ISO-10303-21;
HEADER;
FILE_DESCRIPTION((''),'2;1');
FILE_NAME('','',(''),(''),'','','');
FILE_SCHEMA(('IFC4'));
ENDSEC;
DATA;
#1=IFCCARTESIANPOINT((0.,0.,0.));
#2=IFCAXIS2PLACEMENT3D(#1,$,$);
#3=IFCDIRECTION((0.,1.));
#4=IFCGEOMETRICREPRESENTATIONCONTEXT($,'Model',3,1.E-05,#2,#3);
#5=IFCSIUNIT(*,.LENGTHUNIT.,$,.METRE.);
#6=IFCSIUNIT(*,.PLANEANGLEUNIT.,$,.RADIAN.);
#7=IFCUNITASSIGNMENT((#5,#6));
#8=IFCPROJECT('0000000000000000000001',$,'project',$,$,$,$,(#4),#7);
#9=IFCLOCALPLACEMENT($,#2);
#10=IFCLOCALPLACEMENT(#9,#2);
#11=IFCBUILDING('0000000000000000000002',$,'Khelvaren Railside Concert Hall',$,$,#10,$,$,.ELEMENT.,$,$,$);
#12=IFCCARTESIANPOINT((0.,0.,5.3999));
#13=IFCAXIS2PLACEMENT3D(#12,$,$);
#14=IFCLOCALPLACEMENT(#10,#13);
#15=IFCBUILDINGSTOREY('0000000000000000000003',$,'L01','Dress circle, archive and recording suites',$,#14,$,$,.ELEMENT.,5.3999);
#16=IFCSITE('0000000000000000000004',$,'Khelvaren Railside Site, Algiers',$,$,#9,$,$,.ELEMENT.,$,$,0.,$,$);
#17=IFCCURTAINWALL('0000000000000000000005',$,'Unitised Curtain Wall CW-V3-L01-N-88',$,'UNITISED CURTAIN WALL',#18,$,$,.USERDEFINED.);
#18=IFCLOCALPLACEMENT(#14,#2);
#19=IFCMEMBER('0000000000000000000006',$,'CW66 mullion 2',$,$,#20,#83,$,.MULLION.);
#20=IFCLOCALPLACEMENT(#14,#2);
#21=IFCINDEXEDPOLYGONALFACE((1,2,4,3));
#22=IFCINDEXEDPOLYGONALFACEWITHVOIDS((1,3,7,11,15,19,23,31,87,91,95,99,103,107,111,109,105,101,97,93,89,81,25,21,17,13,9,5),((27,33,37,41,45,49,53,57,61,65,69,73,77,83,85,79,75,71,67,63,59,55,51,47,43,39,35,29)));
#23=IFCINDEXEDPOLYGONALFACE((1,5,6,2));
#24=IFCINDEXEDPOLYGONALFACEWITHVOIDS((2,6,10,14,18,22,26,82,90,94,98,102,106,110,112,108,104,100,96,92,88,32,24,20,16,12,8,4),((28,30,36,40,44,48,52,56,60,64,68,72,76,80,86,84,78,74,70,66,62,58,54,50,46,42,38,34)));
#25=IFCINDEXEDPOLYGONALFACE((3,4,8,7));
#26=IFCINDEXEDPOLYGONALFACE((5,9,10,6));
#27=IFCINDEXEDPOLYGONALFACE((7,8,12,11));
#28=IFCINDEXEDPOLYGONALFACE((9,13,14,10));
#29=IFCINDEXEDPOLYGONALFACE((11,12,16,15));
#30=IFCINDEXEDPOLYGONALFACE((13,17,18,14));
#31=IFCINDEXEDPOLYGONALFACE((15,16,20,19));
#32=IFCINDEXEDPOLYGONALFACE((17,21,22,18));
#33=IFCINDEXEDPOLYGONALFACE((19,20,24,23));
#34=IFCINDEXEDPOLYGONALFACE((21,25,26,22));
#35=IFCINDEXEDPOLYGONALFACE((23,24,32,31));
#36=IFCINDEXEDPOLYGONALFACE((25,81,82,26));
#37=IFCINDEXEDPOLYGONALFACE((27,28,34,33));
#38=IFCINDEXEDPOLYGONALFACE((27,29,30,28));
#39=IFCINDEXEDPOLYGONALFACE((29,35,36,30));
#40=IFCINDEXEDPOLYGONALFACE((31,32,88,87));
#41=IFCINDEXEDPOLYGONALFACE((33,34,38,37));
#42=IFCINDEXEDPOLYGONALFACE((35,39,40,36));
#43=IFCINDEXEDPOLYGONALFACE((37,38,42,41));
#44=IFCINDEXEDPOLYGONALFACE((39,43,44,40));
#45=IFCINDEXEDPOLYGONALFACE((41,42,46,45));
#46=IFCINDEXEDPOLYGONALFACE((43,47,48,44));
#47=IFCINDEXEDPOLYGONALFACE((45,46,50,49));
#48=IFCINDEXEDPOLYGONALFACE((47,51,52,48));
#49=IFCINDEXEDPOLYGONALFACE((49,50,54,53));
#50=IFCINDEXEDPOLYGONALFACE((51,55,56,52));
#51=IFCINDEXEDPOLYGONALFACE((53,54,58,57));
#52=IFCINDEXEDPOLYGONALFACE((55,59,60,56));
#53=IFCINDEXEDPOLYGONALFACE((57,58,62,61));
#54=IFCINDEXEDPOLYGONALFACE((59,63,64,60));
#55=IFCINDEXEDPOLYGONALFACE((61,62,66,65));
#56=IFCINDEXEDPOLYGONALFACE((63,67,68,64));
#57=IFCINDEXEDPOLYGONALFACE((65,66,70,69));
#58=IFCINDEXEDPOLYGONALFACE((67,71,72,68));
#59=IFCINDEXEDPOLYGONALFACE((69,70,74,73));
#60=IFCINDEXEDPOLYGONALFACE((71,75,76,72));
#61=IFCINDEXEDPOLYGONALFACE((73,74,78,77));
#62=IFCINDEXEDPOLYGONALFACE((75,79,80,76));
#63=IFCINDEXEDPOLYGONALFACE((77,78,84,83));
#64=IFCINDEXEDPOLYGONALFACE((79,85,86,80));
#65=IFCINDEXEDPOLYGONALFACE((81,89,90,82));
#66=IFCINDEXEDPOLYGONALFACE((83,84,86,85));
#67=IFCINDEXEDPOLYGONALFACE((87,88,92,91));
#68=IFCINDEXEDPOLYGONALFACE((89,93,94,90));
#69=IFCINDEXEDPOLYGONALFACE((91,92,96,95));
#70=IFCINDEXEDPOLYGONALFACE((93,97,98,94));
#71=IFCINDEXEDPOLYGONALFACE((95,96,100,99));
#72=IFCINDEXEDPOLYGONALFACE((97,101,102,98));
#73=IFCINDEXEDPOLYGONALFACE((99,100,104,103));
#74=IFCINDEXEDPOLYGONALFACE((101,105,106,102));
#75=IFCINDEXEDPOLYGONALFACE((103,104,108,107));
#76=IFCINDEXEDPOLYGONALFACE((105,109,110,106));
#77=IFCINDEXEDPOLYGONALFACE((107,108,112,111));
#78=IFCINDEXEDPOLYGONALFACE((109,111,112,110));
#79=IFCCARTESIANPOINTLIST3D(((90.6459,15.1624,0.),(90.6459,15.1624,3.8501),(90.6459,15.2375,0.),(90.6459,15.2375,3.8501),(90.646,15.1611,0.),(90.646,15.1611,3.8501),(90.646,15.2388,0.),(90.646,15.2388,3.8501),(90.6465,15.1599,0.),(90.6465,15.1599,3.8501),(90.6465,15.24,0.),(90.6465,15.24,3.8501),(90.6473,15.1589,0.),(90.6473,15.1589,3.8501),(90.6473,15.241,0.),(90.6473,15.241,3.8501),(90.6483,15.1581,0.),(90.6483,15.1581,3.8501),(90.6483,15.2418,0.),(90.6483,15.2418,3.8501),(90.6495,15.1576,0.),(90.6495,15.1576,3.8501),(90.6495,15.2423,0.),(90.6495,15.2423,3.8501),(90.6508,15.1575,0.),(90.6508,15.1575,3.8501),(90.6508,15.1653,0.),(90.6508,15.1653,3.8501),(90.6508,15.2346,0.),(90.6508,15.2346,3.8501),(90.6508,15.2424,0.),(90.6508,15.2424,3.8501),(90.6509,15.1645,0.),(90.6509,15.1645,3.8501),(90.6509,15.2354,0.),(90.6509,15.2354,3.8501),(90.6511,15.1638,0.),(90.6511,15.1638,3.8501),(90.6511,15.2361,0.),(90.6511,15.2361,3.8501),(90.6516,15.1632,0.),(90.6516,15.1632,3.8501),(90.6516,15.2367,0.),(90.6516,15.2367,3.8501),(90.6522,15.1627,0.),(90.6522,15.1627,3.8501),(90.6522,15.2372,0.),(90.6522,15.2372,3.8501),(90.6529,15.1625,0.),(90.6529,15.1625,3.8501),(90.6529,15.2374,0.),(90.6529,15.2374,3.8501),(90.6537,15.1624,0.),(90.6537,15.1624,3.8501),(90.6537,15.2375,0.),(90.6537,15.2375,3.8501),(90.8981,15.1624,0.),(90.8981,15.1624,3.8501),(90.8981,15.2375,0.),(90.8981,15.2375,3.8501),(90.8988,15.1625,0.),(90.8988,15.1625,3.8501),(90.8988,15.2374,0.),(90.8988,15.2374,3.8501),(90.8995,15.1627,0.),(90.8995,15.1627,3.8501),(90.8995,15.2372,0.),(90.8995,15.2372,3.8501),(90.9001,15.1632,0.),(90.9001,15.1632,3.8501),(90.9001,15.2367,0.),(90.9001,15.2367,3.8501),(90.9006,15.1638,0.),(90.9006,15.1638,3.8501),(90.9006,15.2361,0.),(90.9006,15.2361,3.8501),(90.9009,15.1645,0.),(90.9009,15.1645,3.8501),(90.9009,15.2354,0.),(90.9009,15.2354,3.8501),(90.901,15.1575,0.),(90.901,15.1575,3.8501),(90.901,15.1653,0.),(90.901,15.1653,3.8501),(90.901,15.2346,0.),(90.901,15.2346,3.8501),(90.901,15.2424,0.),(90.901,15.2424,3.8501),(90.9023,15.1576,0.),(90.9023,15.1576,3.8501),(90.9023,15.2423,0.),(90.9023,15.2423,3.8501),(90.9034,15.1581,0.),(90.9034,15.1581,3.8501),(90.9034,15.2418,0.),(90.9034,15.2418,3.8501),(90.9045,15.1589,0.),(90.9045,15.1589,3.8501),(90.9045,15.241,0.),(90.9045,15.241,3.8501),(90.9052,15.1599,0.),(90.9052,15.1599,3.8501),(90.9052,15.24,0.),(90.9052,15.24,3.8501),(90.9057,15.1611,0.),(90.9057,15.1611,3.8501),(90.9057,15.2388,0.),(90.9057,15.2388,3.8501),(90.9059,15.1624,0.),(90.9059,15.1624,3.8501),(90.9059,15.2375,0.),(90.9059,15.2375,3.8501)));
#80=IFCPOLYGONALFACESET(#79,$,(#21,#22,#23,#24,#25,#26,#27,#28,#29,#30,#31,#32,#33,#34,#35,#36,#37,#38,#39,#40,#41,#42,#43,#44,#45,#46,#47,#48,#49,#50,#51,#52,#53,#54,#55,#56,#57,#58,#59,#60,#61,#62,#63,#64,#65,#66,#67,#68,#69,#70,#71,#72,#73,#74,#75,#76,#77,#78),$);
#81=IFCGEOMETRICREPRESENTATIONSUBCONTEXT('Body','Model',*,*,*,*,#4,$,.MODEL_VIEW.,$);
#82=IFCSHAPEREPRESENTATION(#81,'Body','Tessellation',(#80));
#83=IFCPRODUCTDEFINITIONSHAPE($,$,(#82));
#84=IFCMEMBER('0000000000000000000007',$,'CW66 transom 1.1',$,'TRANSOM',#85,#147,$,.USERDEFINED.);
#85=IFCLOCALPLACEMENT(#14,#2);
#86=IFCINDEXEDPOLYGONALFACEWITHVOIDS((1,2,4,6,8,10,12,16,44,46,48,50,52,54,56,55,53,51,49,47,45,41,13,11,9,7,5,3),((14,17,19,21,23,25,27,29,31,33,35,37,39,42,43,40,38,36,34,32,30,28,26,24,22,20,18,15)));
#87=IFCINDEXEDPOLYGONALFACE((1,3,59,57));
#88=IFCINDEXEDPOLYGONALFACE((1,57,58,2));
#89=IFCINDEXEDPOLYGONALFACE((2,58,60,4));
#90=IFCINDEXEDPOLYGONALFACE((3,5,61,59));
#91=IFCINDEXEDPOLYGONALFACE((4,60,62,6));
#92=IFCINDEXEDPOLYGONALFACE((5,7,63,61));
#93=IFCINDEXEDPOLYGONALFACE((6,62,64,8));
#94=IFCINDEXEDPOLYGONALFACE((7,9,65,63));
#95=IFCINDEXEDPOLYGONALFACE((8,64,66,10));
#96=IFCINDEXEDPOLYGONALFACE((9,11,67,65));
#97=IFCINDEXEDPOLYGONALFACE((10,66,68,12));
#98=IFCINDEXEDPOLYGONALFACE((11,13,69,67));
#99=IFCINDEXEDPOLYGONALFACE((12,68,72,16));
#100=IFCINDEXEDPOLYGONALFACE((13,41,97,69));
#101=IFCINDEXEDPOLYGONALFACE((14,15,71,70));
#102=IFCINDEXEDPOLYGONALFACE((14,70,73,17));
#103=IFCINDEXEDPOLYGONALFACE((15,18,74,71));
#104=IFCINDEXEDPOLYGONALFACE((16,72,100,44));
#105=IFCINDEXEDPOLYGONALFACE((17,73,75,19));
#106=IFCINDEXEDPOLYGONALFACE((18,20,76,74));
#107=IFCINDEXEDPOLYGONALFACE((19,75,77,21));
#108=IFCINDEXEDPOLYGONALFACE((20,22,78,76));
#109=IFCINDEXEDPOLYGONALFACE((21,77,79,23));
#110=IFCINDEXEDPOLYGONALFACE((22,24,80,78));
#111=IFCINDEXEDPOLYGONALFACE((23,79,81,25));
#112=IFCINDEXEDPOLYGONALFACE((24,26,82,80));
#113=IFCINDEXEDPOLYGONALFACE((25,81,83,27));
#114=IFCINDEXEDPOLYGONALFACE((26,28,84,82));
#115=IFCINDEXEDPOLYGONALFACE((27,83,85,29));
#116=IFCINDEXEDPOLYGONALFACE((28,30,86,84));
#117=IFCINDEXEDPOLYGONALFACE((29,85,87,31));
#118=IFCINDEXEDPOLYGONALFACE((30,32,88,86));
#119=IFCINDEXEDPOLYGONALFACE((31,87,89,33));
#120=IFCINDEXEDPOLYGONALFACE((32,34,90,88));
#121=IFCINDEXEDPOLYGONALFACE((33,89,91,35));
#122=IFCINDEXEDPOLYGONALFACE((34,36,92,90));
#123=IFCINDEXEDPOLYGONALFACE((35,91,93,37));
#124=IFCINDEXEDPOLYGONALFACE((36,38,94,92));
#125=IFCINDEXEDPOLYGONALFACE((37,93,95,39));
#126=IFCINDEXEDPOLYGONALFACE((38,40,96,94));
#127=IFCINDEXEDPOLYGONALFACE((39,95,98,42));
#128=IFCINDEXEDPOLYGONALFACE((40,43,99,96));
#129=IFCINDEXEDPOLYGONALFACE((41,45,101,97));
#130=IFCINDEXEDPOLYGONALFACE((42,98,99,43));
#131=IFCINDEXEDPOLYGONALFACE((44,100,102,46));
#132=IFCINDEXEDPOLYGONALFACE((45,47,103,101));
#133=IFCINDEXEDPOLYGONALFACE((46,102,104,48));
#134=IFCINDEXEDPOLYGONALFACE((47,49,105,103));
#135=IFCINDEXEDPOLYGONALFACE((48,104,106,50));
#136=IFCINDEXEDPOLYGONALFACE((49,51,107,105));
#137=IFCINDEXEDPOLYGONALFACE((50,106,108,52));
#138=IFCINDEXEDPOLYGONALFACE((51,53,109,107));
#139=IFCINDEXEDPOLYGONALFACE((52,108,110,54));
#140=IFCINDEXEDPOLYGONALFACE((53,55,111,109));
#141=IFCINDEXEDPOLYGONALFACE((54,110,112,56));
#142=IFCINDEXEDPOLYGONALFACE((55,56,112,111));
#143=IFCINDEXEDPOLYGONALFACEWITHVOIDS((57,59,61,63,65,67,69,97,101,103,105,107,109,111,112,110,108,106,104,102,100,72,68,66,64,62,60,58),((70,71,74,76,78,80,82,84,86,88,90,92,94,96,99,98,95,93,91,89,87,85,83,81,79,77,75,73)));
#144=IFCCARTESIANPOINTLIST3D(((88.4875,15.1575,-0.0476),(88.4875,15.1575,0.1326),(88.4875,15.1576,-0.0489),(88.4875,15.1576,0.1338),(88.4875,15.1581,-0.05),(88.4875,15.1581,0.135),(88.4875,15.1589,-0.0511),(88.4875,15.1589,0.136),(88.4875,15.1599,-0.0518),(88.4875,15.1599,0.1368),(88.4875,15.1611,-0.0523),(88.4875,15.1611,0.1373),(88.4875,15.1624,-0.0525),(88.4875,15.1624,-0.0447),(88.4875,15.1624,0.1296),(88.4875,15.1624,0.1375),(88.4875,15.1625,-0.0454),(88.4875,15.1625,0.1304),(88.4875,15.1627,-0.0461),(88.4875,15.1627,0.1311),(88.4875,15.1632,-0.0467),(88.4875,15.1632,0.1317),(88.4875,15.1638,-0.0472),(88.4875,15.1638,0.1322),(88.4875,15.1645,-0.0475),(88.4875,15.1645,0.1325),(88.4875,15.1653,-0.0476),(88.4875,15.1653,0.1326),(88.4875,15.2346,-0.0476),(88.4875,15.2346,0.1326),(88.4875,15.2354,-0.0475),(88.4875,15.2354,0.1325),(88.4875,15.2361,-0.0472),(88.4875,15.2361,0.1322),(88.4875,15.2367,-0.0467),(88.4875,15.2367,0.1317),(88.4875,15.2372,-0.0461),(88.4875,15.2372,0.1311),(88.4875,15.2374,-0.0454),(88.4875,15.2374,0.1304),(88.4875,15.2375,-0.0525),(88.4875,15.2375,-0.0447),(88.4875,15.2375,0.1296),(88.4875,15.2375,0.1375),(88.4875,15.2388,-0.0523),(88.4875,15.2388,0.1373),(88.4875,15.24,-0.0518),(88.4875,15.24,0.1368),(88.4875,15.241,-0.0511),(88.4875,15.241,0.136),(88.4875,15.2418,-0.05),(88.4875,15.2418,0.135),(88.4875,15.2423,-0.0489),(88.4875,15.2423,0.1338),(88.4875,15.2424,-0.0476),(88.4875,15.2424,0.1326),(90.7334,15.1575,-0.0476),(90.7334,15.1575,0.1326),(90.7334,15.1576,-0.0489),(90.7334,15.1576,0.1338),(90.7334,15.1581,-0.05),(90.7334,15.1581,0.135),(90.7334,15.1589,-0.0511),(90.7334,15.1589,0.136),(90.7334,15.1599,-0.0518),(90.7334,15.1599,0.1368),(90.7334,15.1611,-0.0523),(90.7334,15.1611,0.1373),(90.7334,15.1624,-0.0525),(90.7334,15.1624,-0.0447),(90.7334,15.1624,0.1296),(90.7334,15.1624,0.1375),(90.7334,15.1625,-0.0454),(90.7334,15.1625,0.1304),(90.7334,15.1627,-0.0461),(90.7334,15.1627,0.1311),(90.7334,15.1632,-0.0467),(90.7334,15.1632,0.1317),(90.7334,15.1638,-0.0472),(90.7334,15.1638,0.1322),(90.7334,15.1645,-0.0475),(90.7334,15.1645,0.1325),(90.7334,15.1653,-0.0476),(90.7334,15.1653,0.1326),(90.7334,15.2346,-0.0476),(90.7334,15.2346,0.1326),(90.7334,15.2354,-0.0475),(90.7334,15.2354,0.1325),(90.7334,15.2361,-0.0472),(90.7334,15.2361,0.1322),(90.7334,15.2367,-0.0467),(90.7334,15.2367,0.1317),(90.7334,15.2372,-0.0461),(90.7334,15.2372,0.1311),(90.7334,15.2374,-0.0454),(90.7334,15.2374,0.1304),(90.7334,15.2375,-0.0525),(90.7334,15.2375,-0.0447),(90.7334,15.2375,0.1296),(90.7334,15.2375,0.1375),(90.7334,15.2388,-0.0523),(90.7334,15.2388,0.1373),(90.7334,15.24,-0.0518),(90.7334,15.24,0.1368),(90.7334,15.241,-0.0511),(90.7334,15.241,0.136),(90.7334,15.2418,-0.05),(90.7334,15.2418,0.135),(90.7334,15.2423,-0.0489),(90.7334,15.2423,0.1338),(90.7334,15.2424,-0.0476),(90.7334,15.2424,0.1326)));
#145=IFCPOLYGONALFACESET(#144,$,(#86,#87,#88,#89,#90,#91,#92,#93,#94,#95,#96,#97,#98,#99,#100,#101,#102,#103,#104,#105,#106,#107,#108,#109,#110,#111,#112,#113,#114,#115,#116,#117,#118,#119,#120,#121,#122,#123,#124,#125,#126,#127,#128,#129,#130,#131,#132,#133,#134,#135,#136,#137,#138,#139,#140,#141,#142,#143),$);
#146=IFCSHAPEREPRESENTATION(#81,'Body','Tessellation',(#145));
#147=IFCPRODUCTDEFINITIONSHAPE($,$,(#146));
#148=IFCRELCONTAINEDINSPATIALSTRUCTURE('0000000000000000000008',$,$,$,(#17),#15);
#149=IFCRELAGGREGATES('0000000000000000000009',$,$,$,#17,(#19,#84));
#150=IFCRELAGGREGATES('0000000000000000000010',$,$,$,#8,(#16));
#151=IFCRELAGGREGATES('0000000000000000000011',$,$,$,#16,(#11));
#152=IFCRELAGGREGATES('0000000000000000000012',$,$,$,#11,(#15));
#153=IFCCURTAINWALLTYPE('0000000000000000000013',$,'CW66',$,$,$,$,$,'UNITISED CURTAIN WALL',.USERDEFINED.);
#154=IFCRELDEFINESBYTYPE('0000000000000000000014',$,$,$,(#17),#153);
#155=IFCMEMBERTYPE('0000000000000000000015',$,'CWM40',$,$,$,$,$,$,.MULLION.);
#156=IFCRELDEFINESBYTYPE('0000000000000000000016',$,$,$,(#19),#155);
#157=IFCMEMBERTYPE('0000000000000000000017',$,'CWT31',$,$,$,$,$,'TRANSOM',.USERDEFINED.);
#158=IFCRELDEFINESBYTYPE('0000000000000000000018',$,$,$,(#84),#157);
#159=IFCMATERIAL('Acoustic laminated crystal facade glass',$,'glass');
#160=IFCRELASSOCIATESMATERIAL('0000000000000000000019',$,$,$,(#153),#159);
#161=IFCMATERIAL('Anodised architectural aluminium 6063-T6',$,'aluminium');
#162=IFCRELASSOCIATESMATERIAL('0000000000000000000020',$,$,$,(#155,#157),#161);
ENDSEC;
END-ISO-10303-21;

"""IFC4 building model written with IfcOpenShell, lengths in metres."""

from ifc_helpers import new_model, si_unit, direction, frame, origin, origin_2d, place, context, subcontext, project, spatial, hollow_rectangle, extrude, material, material_profile, profile_set, type_object, element, aggregate, save


model = new_model("IFC4")

# Units and contexts
model_context = context("Model", 3, precision=1e-05, world=origin(), true_north=direction((0.0, 1.0)))
body_context = subcontext(model_context, "Body", "Model", "MODEL_VIEW")
ifc_project = project(units=[si_unit("LENGTHUNIT", "METRE"), si_unit("PLANEANGLEUNIT", "RADIAN")], contexts=[model_context])

# Site, building, storey
site_placement = place(None, origin())
site = spatial("IfcSite", under=ifc_project, at=site_placement, Name="Khelvaren Railside Site, Algiers", CompositionType="ELEMENT", RefElevation=0.0)
building_placement = place(site_placement, origin())
building = spatial("IfcBuilding", under=site, at=building_placement, Name="Khelvaren Railside Concert Hall", CompositionType="ELEMENT")
storey_placement = place(building_placement, frame((0.0, 0.0, 5.3999)))
storey = spatial("IfcBuildingStorey", under=building, at=storey_placement, Name="L01", Description="Dress circle, archive and recording suites", CompositionType="ELEMENT", Elevation=5.3999)

# Curtain wall, members
ifc_material_1 = material(Name="Acoustic laminated crystal facade glass", Category="glass")
curtain_wall_type = type_object("IfcCurtainWallType", Name="CW66", ElementType="UNITISED CURTAIN WALL", PredefinedType="USERDEFINED", material=ifc_material_1)
curtain_wall_placement = place(storey_placement, origin())
curtain_wall = element("IfcCurtainWall", 1, at=curtain_wall_placement, inside=storey, type_object=curtain_wall_type, Name="Unitised Curtain Wall CW-V3-L01-N-88", ObjectType="UNITISED CURTAIN WALL", PredefinedType="USERDEFINED")
ifc_material_2 = material(Name="Anodised architectural aluminium 6063-T6", Category="aluminium")
ifc_material_profile_1 = material_profile(ifc_material_2, hollow_rectangle(XDim=0.085, YDim=0.26, WallThickness=0.0049, InnerFilletRadius=0.0029, OuterFilletRadius=0.0049, at=origin_2d()), Name="CWM 85x260x5")
ifc_profile_set_1 = profile_set([ifc_material_profile_1], Name="Anodised architectural aluminium 6063-T6")
member_type_1 = type_object("IfcMemberType", Name="CWM40", PredefinedType="MULLION", material=ifc_profile_set_1)
member_1_placement = place(storey_placement, frame((90.7759, 15.2, 0.0), z_axis=(0.0, 0.0, 1.0), x_axis=(0.0, 1.0, 0.0)))
member_1 = element("IfcMember", 2, at=member_1_placement, type_object=member_type_1, Name="CW66 mullion 2", PredefinedType="MULLION", context=body_context, shape_type="SweptSolid", body=[
    extrude(hollow_rectangle(XDim=0.085, YDim=0.26, WallThickness=0.0049, InnerFilletRadius=0.0029, OuterFilletRadius=0.0049, at=origin_2d()), origin(), (0.0, 0.0, 1.0), 3.8501),
])
ifc_material_profile_2 = material_profile(ifc_material_2, hollow_rectangle(XDim=0.085, YDim=0.1899, WallThickness=0.0049, InnerFilletRadius=0.0029, OuterFilletRadius=0.0049, at=origin_2d()), Name="CWT 85x190x5")
ifc_profile_set_2 = profile_set([ifc_material_profile_2], Name="Anodised architectural aluminium 6063-T6")
member_type_2 = type_object("IfcMemberType", Name="CWT31", ElementType="TRANSOM", PredefinedType="USERDEFINED", material=ifc_profile_set_2)
member_2_placement = place(storey_placement, frame((88.4875, 15.2, 0.0425), z_axis=(1.0, 0.0, 0.0), x_axis=(0.0, 1.0, 0.0)))
member_2 = element("IfcMember", 3, at=member_2_placement, type_object=member_type_2, Name="CW66 transom 1.1", ObjectType="TRANSOM", PredefinedType="USERDEFINED", context=body_context, shape_type="SweptSolid", body=[
    extrude(hollow_rectangle(XDim=0.085, YDim=0.1899, WallThickness=0.0049, InnerFilletRadius=0.0029, OuterFilletRadius=0.0049, at=origin_2d()), origin(), (0.0, 0.0, 1.0), 2.2458),
])

aggregate(curtain_wall, [member_1, member_2])

save(model, "model.ifc")
